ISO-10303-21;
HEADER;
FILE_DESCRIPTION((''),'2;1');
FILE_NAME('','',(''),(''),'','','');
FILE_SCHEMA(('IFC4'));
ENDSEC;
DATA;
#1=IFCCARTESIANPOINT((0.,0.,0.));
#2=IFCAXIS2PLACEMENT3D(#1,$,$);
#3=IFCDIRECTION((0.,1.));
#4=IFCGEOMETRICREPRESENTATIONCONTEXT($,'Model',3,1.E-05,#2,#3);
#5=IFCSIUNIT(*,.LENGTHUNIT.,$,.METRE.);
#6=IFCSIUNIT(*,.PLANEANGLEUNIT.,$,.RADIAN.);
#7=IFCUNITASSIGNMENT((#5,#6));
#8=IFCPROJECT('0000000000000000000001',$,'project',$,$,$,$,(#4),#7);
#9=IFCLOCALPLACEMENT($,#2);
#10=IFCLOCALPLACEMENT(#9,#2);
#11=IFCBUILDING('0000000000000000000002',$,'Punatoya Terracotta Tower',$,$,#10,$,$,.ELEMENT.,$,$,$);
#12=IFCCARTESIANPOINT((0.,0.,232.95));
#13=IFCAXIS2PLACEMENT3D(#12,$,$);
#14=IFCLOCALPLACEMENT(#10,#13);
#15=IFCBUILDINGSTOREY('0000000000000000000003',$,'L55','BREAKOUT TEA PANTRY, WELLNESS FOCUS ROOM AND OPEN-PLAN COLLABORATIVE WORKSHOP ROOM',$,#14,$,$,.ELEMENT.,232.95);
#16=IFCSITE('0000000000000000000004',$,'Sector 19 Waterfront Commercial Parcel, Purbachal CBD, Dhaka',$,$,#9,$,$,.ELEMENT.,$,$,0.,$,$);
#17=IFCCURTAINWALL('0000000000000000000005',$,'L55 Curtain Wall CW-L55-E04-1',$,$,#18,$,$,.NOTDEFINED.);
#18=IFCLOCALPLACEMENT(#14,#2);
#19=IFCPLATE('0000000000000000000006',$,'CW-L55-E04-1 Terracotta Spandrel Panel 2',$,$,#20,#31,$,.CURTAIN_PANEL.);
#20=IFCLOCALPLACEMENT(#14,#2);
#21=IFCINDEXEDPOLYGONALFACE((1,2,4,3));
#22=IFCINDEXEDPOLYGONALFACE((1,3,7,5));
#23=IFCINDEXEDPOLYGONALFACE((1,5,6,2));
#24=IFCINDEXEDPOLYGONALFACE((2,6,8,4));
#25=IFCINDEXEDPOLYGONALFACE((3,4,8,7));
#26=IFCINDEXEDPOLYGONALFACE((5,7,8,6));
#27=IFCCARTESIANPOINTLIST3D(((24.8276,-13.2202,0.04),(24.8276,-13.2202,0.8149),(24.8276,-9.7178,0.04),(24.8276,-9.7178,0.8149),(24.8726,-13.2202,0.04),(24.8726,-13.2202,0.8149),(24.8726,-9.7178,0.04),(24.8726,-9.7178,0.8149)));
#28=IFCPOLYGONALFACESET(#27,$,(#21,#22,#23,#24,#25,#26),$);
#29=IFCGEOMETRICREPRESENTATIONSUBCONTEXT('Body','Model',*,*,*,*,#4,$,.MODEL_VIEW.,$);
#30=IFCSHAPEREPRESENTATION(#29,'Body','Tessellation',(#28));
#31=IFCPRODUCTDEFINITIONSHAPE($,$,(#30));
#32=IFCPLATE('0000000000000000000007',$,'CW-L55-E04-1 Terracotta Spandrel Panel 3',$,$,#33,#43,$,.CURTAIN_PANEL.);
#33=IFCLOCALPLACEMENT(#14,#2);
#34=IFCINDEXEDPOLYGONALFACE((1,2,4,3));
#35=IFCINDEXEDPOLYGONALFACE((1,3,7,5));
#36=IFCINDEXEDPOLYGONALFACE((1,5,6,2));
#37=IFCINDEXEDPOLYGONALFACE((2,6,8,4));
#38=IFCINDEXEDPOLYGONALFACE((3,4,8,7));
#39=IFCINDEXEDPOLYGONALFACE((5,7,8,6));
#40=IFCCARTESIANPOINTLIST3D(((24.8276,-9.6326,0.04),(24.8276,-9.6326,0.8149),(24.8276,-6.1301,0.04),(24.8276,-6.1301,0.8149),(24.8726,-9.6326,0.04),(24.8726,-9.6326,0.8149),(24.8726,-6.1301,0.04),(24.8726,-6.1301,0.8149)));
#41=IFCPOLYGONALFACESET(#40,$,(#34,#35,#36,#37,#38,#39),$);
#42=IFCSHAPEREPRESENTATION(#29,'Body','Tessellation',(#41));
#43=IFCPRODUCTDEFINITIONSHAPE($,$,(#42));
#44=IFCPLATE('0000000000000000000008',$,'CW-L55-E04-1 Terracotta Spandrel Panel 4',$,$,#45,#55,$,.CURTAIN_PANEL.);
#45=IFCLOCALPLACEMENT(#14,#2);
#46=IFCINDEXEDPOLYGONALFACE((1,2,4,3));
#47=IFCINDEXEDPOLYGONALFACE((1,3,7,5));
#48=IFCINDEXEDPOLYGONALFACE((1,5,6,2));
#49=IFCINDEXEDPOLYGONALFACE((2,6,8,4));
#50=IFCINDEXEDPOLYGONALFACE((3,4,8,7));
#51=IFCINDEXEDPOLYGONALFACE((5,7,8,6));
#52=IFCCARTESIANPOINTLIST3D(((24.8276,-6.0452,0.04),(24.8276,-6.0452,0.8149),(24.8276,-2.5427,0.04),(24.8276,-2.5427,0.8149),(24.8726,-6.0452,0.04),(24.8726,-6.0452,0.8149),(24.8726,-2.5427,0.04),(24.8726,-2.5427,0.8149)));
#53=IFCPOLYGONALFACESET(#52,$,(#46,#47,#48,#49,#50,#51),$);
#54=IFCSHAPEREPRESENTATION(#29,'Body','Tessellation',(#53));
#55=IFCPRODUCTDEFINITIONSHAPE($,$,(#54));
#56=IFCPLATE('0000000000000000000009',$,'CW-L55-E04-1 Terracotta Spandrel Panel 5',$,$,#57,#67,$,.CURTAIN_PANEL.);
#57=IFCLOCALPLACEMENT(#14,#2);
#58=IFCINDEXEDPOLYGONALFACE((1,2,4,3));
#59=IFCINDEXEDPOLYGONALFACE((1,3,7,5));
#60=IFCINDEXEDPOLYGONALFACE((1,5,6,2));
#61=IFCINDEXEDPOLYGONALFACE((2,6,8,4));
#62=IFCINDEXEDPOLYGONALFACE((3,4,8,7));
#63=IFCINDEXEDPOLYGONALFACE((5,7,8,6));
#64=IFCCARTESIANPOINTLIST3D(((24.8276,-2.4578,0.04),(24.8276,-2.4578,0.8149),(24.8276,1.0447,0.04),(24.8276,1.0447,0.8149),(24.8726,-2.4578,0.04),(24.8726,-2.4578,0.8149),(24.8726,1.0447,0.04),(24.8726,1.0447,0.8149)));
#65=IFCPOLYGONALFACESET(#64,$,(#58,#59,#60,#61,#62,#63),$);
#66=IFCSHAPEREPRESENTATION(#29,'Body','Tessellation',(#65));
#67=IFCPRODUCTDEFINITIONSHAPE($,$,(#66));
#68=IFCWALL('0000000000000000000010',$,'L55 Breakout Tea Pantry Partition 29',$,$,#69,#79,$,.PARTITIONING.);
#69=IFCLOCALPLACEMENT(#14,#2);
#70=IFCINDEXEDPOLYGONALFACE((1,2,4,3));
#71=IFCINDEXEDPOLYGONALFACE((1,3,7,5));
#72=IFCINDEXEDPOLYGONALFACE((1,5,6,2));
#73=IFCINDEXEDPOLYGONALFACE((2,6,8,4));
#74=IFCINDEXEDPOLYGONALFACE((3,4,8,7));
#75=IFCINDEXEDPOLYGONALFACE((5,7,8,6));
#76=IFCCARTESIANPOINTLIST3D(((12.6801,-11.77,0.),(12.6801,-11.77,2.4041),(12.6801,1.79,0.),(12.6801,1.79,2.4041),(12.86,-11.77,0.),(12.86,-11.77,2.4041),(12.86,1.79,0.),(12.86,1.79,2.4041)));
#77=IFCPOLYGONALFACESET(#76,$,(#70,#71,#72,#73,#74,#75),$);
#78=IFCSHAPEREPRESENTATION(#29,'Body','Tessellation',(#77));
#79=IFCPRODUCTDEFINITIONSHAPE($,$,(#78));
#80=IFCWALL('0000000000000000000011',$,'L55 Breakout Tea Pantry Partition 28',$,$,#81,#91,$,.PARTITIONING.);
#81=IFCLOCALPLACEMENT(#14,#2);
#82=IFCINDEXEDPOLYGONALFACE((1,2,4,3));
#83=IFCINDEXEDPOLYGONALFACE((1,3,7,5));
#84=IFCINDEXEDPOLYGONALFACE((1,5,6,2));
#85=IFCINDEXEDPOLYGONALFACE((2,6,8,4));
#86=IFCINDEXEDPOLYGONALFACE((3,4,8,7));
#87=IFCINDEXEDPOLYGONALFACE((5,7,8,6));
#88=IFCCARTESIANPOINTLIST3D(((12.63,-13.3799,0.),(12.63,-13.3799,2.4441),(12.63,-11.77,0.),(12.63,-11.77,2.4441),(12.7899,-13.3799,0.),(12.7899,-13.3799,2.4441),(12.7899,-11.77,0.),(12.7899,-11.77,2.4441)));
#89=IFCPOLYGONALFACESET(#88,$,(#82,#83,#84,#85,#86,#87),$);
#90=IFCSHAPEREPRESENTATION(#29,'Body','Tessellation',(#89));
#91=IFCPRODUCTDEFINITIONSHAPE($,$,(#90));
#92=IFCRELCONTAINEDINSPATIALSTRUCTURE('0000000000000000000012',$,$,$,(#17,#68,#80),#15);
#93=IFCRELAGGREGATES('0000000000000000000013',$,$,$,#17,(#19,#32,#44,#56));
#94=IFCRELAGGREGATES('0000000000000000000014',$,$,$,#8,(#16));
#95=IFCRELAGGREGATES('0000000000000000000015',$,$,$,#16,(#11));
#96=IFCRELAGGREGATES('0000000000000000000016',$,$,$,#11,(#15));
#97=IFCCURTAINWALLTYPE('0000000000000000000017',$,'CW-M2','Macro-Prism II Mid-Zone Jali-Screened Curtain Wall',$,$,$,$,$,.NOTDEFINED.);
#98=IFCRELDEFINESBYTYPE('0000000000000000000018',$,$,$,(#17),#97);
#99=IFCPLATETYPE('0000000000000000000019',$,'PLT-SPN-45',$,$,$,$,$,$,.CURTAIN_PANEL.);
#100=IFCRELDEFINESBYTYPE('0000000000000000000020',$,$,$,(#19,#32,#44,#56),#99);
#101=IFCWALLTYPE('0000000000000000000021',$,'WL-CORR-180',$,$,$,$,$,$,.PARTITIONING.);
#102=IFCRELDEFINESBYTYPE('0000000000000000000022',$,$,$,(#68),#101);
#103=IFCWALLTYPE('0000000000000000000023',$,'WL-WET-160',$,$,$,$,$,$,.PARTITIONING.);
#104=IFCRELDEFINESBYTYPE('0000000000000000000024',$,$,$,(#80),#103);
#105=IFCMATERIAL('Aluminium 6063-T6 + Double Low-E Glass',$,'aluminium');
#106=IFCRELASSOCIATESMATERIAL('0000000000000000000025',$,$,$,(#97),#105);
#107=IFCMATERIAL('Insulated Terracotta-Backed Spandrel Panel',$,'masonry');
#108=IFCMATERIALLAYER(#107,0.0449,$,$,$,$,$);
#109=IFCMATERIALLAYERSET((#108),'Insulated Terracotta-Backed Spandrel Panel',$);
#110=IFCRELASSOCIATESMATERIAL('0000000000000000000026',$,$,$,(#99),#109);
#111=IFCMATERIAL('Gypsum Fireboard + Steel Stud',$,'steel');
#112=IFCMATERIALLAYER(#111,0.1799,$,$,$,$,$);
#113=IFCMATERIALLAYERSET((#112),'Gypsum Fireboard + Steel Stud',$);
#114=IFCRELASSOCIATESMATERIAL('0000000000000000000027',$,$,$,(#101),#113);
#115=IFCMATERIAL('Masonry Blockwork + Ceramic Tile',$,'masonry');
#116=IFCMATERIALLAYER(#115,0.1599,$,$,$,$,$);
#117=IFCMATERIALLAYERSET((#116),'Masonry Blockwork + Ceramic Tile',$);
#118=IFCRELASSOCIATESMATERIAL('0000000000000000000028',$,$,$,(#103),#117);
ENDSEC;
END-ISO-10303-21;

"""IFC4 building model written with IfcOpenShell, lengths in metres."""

from ifc_helpers import new_model, si_unit, direction, frame, frame_2d, origin, origin_2d, place, context, subcontext, project, spatial, rectangle, extrude, material, layer, layer_set, type_object, element, aggregate, save


model = new_model("IFC4")

# Units and contexts
model_context = context("Model", 3, precision=1e-05, world=origin(), true_north=direction((0.0, 1.0)))
body_context = subcontext(model_context, "Body", "Model", "MODEL_VIEW")
ifc_project = project(units=[si_unit("LENGTHUNIT", "METRE"), si_unit("PLANEANGLEUNIT", "RADIAN")], contexts=[model_context])

# Site, building, storey
site_placement = place(None, origin())
site = spatial("IfcSite", under=ifc_project, at=site_placement, Name="Sector 19 Waterfront Commercial Parcel, Purbachal CBD, Dhaka", CompositionType="ELEMENT", RefElevation=0.0)
building_placement = place(site_placement, origin())
building = spatial("IfcBuilding", under=site, at=building_placement, Name="Punatoya Terracotta Tower", CompositionType="ELEMENT")
storey_placement = place(building_placement, frame((0.0, 0.0, 232.95)))
storey = spatial("IfcBuildingStorey", under=building, at=storey_placement, Name="L55", Description="BREAKOUT TEA PANTRY, WELLNESS FOCUS ROOM AND OPEN-PLAN COLLABORATIVE WORKSHOP ROOM", CompositionType="ELEMENT", Elevation=232.95)

# Curtain wall, plates
ifc_material_1 = material(Name="Aluminium 6063-T6 + Double Low-E Glass", Category="aluminium")
curtain_wall_type = type_object("IfcCurtainWallType", Name="CW-M2", Description="Macro-Prism II Mid-Zone Jali-Screened Curtain Wall", PredefinedType="NOTDEFINED", material=ifc_material_1)
curtain_wall_placement = place(storey_placement, origin())
curtain_wall = element("IfcCurtainWall", 1, at=curtain_wall_placement, inside=storey, type_object=curtain_wall_type, Name="L55 Curtain Wall CW-L55-E04-1", PredefinedType="NOTDEFINED")
ifc_material_2 = material(Name="Insulated Terracotta-Backed Spandrel Panel", Category="masonry")
ifc_layer_1 = layer(ifc_material_2, 0.0449)
ifc_layer_set_1 = layer_set([ifc_layer_1], Name="Insulated Terracotta-Backed Spandrel Panel")
plate_type_1 = type_object("IfcPlateType", Name="PLT-SPN-45", PredefinedType="CURTAIN_PANEL", material=ifc_layer_set_1)
plate_1_placement = place(storey_placement, frame((24.8501, -11.469, 0.04), z_axis=(0.0, 0.0, 1.0), x_axis=(0.0, 1.0, 0.0)))
plate_1 = element("IfcPlate", 2, at=plate_1_placement, type_object=plate_type_1, Name="CW-L55-E04-1 Terracotta Spandrel Panel 2", PredefinedType="CURTAIN_PANEL", context=body_context, shape_type="SweptSolid", body=[
    extrude(rectangle(XDim=3.5024, YDim=0.0449, at=origin_2d()), origin(), (0.0, 0.0, 1.0), 0.7749),
])
plate_2_placement = place(storey_placement, frame((24.8501, -7.8813, 0.04), z_axis=(0.0, 0.0, 1.0), x_axis=(0.0, 1.0, 0.0)))
plate_2 = element("IfcPlate", 3, at=plate_2_placement, type_object=plate_type_1, Name="CW-L55-E04-1 Terracotta Spandrel Panel 3", PredefinedType="CURTAIN_PANEL", context=body_context, shape_type="SweptSolid", body=[
    extrude(rectangle(XDim=3.5024, YDim=0.0449, at=origin_2d()), origin(), (0.0, 0.0, 1.0), 0.7749),
])
plate_3_placement = place(storey_placement, frame((24.8501, -4.2939, 0.04), z_axis=(0.0, 0.0, 1.0), x_axis=(0.0, 1.0, 0.0)))
plate_3 = element("IfcPlate", 4, at=plate_3_placement, type_object=plate_type_1, Name="CW-L55-E04-1 Terracotta Spandrel Panel 4", PredefinedType="CURTAIN_PANEL", context=body_context, shape_type="SweptSolid", body=[
    extrude(rectangle(XDim=3.5024, YDim=0.0449, at=origin_2d()), origin(), (0.0, 0.0, 1.0), 0.7749),
])
plate_4_placement = place(storey_placement, frame((24.8501, -0.7065, 0.04), z_axis=(0.0, 0.0, 1.0), x_axis=(0.0, 1.0, 0.0)))
plate_4 = element("IfcPlate", 5, at=plate_4_placement, type_object=plate_type_1, Name="CW-L55-E04-1 Terracotta Spandrel Panel 5", PredefinedType="CURTAIN_PANEL", context=body_context, shape_type="SweptSolid", body=[
    extrude(rectangle(XDim=3.5024, YDim=0.0449, at=origin_2d()), origin(), (0.0, 0.0, 1.0), 0.7749),
])
aggregate(curtain_wall, [plate_1, plate_2, plate_3, plate_4])

# Walls
ifc_material_3 = material(Name="Gypsum Fireboard + Steel Stud", Category="steel")
ifc_layer_2 = layer(ifc_material_3, 0.1799)
ifc_layer_set_2 = layer_set([ifc_layer_2], Name="Gypsum Fireboard + Steel Stud")
wall_type_1 = type_object("IfcWallType", Name="WL-CORR-180", PredefinedType="PARTITIONING", material=ifc_layer_set_2)
wall_1_placement = place(storey_placement, frame((12.77, -11.77, 0.0), z_axis=(0.0, 0.0, 1.0), x_axis=(0.0, 1.0, 0.0)))
element("IfcWall", 6, at=wall_1_placement, inside=storey, type_object=wall_type_1, Name="L55 Breakout Tea Pantry Partition 29", PredefinedType="PARTITIONING", context=body_context, shape_type="SweptSolid", body=[
    extrude(rectangle(XDim=13.5601, YDim=0.1799, at=frame_2d((6.78, 0.0))), origin(), (0.0, 0.0, 1.0), 2.4041),
])
ifc_material_4 = material(Name="Masonry Blockwork + Ceramic Tile", Category="masonry")
ifc_layer_3 = layer(ifc_material_4, 0.1599)
ifc_layer_set_3 = layer_set([ifc_layer_3], Name="Masonry Blockwork + Ceramic Tile")
wall_type_2 = type_object("IfcWallType", Name="WL-WET-160", PredefinedType="PARTITIONING", material=ifc_layer_set_3)
wall_2_placement = place(storey_placement, frame((12.71, -13.3799, 0.0), z_axis=(0.0, 0.0, 1.0), x_axis=(0.0, 1.0, 0.0)))
element("IfcWall", 7, at=wall_2_placement, inside=storey, type_object=wall_type_2, Name="L55 Breakout Tea Pantry Partition 28", PredefinedType="PARTITIONING", context=body_context, shape_type="SweptSolid", body=[
    extrude(rectangle(XDim=1.6099, YDim=0.1599, at=frame_2d((0.8049, 0.0))), origin(), (0.0, 0.0, 1.0), 2.4441),
])

save(model, "model.ifc")
